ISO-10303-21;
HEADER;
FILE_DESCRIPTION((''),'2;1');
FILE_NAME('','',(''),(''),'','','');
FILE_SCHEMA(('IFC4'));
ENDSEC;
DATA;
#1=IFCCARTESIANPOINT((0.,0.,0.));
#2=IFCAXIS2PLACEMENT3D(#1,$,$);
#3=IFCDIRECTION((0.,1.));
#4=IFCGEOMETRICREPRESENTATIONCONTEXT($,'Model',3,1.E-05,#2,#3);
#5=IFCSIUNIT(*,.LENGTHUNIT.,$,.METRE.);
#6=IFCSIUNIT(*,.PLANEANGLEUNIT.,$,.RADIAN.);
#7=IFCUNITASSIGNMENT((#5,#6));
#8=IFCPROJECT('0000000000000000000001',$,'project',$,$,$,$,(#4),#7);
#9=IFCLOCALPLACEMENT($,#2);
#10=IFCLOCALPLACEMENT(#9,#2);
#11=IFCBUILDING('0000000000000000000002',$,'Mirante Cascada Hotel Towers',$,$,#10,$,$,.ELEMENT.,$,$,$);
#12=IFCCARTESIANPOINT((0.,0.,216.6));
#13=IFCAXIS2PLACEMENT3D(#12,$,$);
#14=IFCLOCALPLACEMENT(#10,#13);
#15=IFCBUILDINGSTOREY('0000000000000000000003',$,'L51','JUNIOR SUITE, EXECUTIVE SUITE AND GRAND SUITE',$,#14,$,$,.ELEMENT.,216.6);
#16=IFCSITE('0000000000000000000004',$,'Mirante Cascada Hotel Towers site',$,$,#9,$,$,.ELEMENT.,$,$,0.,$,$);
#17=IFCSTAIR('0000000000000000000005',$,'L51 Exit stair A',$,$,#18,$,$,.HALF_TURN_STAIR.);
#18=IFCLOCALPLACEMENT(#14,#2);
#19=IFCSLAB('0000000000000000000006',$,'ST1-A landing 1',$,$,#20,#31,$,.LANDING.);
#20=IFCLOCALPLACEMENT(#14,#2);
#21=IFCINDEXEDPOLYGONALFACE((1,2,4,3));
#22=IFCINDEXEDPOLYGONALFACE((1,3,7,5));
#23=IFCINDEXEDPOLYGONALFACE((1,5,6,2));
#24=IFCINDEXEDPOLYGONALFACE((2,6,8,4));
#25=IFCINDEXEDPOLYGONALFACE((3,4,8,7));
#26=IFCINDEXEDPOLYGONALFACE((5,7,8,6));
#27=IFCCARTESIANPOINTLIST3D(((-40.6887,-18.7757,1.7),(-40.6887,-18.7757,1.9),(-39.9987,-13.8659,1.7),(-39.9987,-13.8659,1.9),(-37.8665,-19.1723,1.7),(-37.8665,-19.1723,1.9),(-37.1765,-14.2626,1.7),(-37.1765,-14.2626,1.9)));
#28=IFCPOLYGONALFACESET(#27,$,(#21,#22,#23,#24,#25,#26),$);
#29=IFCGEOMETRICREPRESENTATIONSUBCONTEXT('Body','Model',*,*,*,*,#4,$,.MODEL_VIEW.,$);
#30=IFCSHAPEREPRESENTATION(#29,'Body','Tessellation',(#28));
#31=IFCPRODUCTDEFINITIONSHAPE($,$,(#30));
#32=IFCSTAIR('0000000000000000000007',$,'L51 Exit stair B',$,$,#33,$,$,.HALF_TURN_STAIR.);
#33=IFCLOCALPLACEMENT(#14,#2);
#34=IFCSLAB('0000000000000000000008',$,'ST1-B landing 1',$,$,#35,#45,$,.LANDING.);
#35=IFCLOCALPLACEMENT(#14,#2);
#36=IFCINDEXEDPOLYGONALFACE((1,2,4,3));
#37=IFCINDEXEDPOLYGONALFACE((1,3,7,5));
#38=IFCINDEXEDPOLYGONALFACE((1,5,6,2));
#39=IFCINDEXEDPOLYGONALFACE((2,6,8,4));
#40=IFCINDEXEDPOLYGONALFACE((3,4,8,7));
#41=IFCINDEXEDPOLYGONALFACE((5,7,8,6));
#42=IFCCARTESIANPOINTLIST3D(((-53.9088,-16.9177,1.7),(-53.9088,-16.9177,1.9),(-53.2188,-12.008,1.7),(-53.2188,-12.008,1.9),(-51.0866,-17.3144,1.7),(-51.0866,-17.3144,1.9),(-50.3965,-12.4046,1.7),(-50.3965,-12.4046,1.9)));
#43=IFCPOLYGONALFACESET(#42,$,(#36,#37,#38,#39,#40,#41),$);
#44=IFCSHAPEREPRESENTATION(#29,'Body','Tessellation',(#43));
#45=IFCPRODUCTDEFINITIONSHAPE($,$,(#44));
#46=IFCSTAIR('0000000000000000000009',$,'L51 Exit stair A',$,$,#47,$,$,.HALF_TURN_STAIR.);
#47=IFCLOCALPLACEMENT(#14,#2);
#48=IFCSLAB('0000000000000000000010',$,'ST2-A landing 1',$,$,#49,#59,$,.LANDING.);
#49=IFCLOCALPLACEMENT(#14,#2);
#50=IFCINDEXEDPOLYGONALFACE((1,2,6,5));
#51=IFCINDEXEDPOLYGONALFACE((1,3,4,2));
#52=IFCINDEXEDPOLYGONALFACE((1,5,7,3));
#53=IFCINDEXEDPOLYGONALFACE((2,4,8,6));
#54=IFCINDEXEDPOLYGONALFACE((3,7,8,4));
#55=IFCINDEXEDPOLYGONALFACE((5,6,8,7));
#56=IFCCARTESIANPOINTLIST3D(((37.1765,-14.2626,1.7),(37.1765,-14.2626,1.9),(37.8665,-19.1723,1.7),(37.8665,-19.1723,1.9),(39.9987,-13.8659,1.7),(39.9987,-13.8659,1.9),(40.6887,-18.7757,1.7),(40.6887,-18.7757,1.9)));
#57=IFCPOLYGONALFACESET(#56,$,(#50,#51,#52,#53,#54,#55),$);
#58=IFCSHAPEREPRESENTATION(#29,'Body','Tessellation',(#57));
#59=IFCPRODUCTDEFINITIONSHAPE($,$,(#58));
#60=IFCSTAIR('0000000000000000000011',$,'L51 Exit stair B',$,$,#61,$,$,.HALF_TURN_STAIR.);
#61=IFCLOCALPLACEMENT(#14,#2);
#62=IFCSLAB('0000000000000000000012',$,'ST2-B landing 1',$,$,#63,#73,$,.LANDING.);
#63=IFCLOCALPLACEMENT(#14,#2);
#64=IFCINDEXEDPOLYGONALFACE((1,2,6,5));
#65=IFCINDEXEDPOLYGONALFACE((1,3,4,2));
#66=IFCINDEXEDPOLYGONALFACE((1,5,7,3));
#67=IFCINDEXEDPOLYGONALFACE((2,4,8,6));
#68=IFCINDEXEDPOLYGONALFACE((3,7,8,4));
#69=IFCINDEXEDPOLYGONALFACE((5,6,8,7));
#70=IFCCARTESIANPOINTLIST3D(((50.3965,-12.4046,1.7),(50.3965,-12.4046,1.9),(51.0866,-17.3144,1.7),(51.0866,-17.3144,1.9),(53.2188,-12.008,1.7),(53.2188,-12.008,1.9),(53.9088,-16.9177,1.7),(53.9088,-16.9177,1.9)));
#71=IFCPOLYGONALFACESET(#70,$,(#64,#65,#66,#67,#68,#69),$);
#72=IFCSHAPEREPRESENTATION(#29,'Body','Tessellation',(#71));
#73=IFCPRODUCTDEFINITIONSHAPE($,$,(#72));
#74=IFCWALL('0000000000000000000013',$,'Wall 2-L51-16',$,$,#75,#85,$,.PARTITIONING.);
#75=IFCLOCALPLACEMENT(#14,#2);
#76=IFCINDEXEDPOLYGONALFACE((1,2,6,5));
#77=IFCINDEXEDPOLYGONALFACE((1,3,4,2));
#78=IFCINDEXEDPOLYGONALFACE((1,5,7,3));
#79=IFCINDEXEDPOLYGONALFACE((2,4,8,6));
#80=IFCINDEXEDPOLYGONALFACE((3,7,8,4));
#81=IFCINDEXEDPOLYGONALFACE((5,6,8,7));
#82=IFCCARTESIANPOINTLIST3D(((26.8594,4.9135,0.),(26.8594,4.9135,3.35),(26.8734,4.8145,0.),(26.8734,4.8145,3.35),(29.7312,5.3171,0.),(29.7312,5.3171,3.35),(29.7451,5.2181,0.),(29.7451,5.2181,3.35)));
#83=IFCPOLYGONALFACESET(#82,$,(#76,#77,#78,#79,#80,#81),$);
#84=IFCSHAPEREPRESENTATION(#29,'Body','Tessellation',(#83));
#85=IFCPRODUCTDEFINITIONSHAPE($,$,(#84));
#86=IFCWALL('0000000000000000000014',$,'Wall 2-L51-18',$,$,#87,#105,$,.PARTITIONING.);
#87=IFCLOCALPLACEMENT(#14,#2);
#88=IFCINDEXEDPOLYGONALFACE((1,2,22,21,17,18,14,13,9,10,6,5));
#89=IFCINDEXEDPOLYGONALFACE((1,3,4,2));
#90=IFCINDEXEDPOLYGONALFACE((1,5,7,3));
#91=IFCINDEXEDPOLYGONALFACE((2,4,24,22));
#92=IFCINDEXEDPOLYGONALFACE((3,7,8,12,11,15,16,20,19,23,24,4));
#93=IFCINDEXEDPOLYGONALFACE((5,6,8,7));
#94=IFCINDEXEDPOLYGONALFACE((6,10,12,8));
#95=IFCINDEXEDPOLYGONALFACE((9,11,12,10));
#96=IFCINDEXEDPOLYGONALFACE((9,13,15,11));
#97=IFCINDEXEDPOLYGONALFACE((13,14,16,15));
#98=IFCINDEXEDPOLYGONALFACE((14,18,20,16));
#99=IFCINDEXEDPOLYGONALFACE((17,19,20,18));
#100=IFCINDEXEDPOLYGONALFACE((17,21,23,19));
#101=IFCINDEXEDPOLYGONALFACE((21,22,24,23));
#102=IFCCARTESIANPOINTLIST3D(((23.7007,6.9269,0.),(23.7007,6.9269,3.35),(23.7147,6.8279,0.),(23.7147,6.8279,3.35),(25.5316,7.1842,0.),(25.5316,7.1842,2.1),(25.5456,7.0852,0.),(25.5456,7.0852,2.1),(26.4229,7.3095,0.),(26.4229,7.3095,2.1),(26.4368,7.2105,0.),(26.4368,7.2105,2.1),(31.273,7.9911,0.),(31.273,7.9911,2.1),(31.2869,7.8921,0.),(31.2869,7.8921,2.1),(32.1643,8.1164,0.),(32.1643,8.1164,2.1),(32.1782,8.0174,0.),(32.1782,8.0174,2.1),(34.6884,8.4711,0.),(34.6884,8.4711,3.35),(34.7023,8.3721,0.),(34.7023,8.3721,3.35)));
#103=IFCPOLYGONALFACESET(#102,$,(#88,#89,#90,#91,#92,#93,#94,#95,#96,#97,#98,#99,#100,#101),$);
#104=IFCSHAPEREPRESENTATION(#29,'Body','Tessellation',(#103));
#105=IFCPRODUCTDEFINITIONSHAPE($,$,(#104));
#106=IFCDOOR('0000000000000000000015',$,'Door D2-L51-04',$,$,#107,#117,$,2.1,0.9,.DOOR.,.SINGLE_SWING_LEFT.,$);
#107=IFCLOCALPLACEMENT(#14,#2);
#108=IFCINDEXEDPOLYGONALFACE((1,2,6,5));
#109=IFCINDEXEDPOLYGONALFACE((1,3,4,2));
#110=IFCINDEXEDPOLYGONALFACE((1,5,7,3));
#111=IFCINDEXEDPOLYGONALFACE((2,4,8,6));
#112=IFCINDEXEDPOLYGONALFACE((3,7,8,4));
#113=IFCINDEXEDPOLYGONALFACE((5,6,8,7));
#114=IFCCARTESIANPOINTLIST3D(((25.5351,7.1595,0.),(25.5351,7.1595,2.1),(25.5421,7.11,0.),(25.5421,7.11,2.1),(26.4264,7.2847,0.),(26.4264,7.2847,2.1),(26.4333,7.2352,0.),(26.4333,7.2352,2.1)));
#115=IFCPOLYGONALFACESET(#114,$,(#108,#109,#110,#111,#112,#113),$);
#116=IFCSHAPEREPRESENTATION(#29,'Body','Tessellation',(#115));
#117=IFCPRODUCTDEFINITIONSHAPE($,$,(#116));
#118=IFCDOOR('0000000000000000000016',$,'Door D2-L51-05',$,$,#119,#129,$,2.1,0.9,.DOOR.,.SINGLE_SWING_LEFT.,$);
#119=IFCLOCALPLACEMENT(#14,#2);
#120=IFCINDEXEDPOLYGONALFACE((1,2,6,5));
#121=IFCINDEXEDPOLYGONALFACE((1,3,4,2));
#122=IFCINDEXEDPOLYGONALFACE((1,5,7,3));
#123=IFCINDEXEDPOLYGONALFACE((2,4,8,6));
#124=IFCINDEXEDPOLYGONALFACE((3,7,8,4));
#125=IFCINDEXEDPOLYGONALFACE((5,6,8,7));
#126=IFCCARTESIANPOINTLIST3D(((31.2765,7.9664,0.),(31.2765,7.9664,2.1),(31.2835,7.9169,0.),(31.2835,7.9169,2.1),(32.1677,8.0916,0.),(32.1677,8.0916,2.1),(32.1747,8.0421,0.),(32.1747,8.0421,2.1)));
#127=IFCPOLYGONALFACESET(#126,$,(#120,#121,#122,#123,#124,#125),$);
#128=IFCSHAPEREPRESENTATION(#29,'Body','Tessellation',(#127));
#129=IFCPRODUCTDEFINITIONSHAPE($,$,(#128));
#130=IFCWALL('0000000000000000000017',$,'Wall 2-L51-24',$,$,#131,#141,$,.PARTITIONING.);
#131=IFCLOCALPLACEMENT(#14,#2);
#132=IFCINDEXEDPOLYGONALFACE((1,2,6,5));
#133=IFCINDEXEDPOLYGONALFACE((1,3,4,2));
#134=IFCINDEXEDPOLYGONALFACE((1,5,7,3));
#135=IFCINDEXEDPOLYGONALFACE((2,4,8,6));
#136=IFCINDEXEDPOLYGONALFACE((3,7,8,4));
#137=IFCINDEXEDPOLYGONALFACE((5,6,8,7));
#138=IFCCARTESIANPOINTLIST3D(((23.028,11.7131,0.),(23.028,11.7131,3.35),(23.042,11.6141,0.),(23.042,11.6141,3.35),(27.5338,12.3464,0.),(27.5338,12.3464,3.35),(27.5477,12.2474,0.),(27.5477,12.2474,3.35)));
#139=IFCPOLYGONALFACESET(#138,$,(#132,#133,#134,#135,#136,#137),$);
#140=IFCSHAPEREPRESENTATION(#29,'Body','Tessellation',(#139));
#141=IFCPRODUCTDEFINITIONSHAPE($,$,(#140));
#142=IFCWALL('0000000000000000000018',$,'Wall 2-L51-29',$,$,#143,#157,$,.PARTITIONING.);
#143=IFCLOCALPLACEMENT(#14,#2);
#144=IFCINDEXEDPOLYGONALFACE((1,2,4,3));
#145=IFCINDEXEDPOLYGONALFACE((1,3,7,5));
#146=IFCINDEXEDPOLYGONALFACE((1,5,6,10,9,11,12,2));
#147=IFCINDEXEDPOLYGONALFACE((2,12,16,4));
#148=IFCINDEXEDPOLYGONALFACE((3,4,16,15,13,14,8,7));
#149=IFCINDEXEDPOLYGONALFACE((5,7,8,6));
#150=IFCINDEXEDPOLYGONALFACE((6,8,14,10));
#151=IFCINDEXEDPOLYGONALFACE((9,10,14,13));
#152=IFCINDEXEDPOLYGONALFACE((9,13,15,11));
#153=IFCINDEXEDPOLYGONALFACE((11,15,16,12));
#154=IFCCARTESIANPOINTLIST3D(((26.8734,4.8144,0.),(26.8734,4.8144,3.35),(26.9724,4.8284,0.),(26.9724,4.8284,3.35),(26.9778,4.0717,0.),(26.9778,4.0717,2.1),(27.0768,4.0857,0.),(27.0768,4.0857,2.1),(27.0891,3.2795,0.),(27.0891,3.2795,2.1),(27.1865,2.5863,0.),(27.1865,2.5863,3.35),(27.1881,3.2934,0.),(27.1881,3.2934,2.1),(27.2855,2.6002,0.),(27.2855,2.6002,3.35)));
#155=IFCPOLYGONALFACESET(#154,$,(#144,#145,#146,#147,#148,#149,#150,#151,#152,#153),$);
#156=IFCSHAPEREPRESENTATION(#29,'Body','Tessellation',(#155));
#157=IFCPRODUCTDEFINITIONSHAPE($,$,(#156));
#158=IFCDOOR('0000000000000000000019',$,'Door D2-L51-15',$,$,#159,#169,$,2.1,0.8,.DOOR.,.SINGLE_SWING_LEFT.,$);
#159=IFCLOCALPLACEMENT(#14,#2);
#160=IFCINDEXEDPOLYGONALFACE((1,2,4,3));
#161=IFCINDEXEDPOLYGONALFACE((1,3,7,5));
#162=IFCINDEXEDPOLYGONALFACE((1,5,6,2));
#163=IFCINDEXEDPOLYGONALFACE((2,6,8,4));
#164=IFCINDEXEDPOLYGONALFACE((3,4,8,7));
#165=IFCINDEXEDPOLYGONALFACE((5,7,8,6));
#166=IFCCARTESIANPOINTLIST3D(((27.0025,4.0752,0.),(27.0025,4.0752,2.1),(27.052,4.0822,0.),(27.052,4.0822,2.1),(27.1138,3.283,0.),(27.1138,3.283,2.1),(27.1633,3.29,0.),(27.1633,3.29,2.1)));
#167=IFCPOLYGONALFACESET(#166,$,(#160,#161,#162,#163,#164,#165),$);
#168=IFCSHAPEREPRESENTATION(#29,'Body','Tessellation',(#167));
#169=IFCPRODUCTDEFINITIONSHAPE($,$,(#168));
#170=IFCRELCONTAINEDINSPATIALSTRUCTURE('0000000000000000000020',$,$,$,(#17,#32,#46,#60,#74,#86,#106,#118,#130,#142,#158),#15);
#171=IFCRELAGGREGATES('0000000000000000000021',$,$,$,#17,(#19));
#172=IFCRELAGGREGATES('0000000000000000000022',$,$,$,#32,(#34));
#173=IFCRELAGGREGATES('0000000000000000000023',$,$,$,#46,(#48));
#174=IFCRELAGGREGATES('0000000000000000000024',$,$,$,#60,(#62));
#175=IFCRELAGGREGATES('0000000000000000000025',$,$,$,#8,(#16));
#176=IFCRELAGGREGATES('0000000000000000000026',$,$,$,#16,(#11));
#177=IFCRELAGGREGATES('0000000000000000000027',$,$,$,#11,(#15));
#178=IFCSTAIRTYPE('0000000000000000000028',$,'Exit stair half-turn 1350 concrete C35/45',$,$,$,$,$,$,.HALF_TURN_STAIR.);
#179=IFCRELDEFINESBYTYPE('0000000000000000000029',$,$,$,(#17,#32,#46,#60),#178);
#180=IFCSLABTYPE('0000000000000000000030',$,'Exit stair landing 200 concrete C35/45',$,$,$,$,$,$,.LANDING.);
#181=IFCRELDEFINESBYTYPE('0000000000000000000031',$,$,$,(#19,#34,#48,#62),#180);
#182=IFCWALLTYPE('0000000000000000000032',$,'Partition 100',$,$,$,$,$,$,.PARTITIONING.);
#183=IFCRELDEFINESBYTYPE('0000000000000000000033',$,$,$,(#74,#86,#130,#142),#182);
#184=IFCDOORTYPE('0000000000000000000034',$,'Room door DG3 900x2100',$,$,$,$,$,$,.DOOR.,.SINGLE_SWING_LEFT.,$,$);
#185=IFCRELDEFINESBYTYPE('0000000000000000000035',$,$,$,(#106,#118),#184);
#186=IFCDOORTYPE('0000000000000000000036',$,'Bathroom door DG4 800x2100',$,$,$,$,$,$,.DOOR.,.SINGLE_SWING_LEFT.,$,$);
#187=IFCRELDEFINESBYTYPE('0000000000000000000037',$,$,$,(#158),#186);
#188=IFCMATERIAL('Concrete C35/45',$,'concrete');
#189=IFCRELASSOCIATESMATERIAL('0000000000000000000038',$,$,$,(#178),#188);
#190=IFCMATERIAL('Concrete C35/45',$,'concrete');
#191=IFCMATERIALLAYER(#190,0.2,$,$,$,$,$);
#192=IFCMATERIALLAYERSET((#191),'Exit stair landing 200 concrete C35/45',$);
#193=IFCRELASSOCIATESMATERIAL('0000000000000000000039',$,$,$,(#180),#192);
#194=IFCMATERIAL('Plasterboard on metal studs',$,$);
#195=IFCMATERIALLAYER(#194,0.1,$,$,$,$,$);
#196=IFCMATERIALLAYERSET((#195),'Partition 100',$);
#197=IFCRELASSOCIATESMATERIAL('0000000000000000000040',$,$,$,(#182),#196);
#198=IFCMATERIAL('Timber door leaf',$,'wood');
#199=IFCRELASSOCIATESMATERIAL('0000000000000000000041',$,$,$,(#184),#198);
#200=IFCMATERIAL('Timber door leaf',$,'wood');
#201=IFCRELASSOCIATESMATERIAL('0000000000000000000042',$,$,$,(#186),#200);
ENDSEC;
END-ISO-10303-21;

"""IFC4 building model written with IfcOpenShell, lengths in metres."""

from ifc_helpers import new_model, si_unit, direction, frame, frame_2d, origin, place, context, subcontext, project, spatial, polyline, rectangle, outline, extrude, material, layer, layer_set, type_object, element, fill, aggregate, save


model = new_model("IFC4")

# Units and contexts
model_context = context("Model", 3, precision=1e-05, world=origin(), true_north=direction((0.0, 1.0)))
body_context = subcontext(model_context, "Body", "Model", "MODEL_VIEW")
ifc_project = project(units=[si_unit("LENGTHUNIT", "METRE"), si_unit("PLANEANGLEUNIT", "RADIAN")], contexts=[model_context])

# Site, building, storey
site_placement = place(None, origin())
site = spatial("IfcSite", under=ifc_project, at=site_placement, Name="Mirante Cascada Hotel Towers site", CompositionType="ELEMENT", RefElevation=0.0)
building_placement = place(site_placement, origin())
building = spatial("IfcBuilding", under=site, at=building_placement, Name="Mirante Cascada Hotel Towers", CompositionType="ELEMENT")
storey_placement = place(building_placement, frame((0.0, 0.0, 216.6)))
storey = spatial("IfcBuildingStorey", under=building, at=storey_placement, Name="L51", Description="JUNIOR SUITE, EXECUTIVE SUITE AND GRAND SUITE", CompositionType="ELEMENT", Elevation=216.6)

# Stairs, slabs
ifc_material_1 = material(Name="Concrete C35/45", Category="concrete")
stair_type = type_object("IfcStairType", Name="Exit stair half-turn 1350 concrete C35/45", PredefinedType="HALF_TURN_STAIR", material=ifc_material_1)
stair_1_placement = place(storey_placement, origin())
stair_1 = element("IfcStair", 1, at=stair_1_placement, inside=storey, type_object=stair_type, Name="L51 Exit stair A", PredefinedType="HALF_TURN_STAIR")
ifc_material_2 = material(Name="Concrete C35/45", Category="concrete")
ifc_layer_1 = layer(ifc_material_2, 0.2)
ifc_layer_set_1 = layer_set([ifc_layer_1], Name="Exit stair landing 200 concrete C35/45")
slab_type = type_object("IfcSlabType", Name="Exit stair landing 200 concrete C35/45", PredefinedType="LANDING", material=ifc_layer_set_1)
slab_1_placement = place(storey_placement, frame((0.0, 0.0, 1.7)))
slab_1 = element("IfcSlab", 2, at=slab_1_placement, type_object=slab_type, Name="ST1-A landing 1", PredefinedType="LANDING", context=body_context, shape_type="SweptSolid", body=[
    extrude(outline(polyline([(-39.9987, -13.8659), (-40.6887, -18.7757), (-37.8665, -19.1723), (-37.1765, -14.2626), (-39.9987, -13.8659)])), origin(), (0.0, 0.0, 1.0), 0.2),
])
aggregate(stair_1, [slab_1])
stair_2_placement = place(storey_placement, origin())
stair_2 = element("IfcStair", 3, at=stair_2_placement, inside=storey, type_object=stair_type, Name="L51 Exit stair B", PredefinedType="HALF_TURN_STAIR")
slab_2_placement = place(storey_placement, frame((0.0, 0.0, 1.7)))
slab_2 = element("IfcSlab", 4, at=slab_2_placement, type_object=slab_type, Name="ST1-B landing 1", PredefinedType="LANDING", context=body_context, shape_type="SweptSolid", body=[
    extrude(outline(polyline([(-53.2188, -12.008), (-53.9088, -16.9177), (-51.0866, -17.3144), (-50.3965, -12.4046), (-53.2188, -12.008)])), origin(), (0.0, 0.0, 1.0), 0.2),
])
aggregate(stair_2, [slab_2])
stair_3_placement = place(storey_placement, origin())
stair_3 = element("IfcStair", 5, at=stair_3_placement, inside=storey, type_object=stair_type, Name="L51 Exit stair A", PredefinedType="HALF_TURN_STAIR")
slab_3_placement = place(storey_placement, frame((0.0, 0.0, 1.7)))
slab_3 = element("IfcSlab", 6, at=slab_3_placement, type_object=slab_type, Name="ST2-A landing 1", PredefinedType="LANDING", context=body_context, shape_type="SweptSolid", body=[
    extrude(outline(polyline([(37.1765, -14.2626), (37.8665, -19.1723), (40.6887, -18.7757), (39.9987, -13.8659), (37.1765, -14.2626)])), origin(), (0.0, 0.0, 1.0), 0.2),
])
aggregate(stair_3, [slab_3])
stair_4_placement = place(storey_placement, origin())
stair_4 = element("IfcStair", 7, at=stair_4_placement, inside=storey, type_object=stair_type, Name="L51 Exit stair B", PredefinedType="HALF_TURN_STAIR")
slab_4_placement = place(storey_placement, frame((0.0, 0.0, 1.7)))
slab_4 = element("IfcSlab", 8, at=slab_4_placement, type_object=slab_type, Name="ST2-B landing 1", PredefinedType="LANDING", context=body_context, shape_type="SweptSolid", body=[
    extrude(outline(polyline([(50.3965, -12.4046), (51.0866, -17.3144), (53.9088, -16.9177), (53.2188, -12.008), (50.3965, -12.4046)])), origin(), (0.0, 0.0, 1.0), 0.2),
])
aggregate(stair_4, [slab_4])

# Wall
ifc_material_3 = material(Name="Plasterboard on metal studs")
ifc_layer_2 = layer(ifc_material_3, 0.1)
ifc_layer_set_2 = layer_set([ifc_layer_2], Name="Partition 100")
wall_type_1 = type_object("IfcWallType", Name="Partition 100", PredefinedType="PARTITIONING", material=ifc_layer_set_2)
wall_1_placement = place(storey_placement, frame((26.8664, 4.864, 0.0), z_axis=(0.0, 0.0, 1.0), x_axis=(0.990268, 0.139171, 0.0)))
element("IfcWall", 9, at=wall_1_placement, inside=storey, type_object=wall_type_1, Name="Wall 2-L51-16", PredefinedType="PARTITIONING", context=body_context, shape_type="SweptSolid", body=[
    extrude(rectangle(XDim=2.9, YDim=0.1, at=frame_2d((1.45, 0.0))), origin(), (0.0, 0.0, 1.0), 3.35),
])

# Wall, openings, doors
wall_2_placement = place(storey_placement, frame((23.7077, 6.8774, 0.0), z_axis=(0.0, 0.0, 1.0), x_axis=(0.990268, 0.139173, 0.0)))
wall_2 = element("IfcWall", 10, at=wall_2_placement, inside=storey, type_object=wall_type_1, Name="Wall 2-L51-18", PredefinedType="PARTITIONING", context=body_context, shape_type="SweptSolid", body=[
    extrude(rectangle(XDim=11.0956, YDim=0.1, at=frame_2d((5.5478, 0.0))), origin(), (0.0, 0.0, 1.0), 3.35),
])
opening_1_placement = place(wall_2_placement, frame((1.8489, 0.0, 0.0)))
opening_1 = element("IfcOpeningElement", 11, at=opening_1_placement, cuts=wall_2, PredefinedType="OPENING", context=body_context, shape_type="SweptSolid", body=[
    extrude(rectangle(XDim=0.9, YDim=2.1, at=frame_2d((0.45, 1.05))), frame((0.0, 0.05, 0.0), z_axis=(0.0, -1.0, 0.0), x_axis=(1.0, 0.0, 0.0)), (0.0, 0.0, 1.0), 0.1),
])
opening_2_placement = place(wall_2_placement, frame((7.6467, 0.0, 0.0)))
opening_2 = element("IfcOpeningElement", 12, at=opening_2_placement, cuts=wall_2, PredefinedType="OPENING", context=body_context, shape_type="SweptSolid", body=[
    extrude(rectangle(XDim=0.9, YDim=2.1, at=frame_2d((0.45, 1.05))), frame((0.0, 0.05, 0.0), z_axis=(0.0, -1.0, 0.0), x_axis=(1.0, 0.0, 0.0)), (0.0, 0.0, 1.0), 0.1),
])
ifc_material_4 = material(Name="Timber door leaf", Category="wood")
door_type_1 = type_object("IfcDoorType", Name="Room door DG3 900x2100", OperationType="SINGLE_SWING_LEFT", PredefinedType="DOOR", material=ifc_material_4)
door_1_placement = place(opening_1_placement, origin())
door_1 = element("IfcDoor", 13, at=door_1_placement, inside=storey, type_object=door_type_1, Name="Door D2-L51-04", OperationType="SINGLE_SWING_LEFT", OverallHeight=2.1, OverallWidth=0.9, PredefinedType="DOOR", context=body_context, shape_type="SweptSolid", body=[
    extrude(rectangle(XDim=0.9, YDim=2.1, at=frame_2d((0.45, 1.05))), frame((0.0, 0.025, 0.0), z_axis=(0.0, -1.0, 0.0), x_axis=(1.0, 0.0, 0.0)), (0.0, 0.0, 1.0), 0.05),
])
fill(opening_1, door_1)
door_2_placement = place(opening_2_placement, origin())
door_2 = element("IfcDoor", 14, at=door_2_placement, inside=storey, type_object=door_type_1, Name="Door D2-L51-05", OperationType="SINGLE_SWING_LEFT", OverallHeight=2.1, OverallWidth=0.9, PredefinedType="DOOR", context=body_context, shape_type="SweptSolid", body=[
    extrude(rectangle(XDim=0.9, YDim=2.1, at=frame_2d((0.45, 1.05))), frame((0.0, 0.025, 0.0), z_axis=(0.0, -1.0, 0.0), x_axis=(1.0, 0.0, 0.0)), (0.0, 0.0, 1.0), 0.05),
])
fill(opening_2, door_2)

# Wall
wall_3_placement = place(storey_placement, frame((23.035, 11.6636, 0.0), z_axis=(0.0, 0.0, 1.0), x_axis=(0.990266, 0.139187, 0.0)))
element("IfcWall", 15, at=wall_3_placement, inside=storey, type_object=wall_type_1, Name="Wall 2-L51-24", PredefinedType="PARTITIONING", context=body_context, shape_type="SweptSolid", body=[
    extrude(rectangle(XDim=4.55, YDim=0.1, at=frame_2d((2.275, 0.0))), origin(), (0.0, 0.0, 1.0), 3.35),
])

# Wall, opening, door
wall_4_placement = place(storey_placement, frame((26.9229, 4.8214, 0.0), z_axis=(0.0, 0.0, 1.0), x_axis=(0.139156, -0.990271, 0.0)))
wall_4 = element("IfcWall", 16, at=wall_4_placement, inside=storey, type_object=wall_type_1, Name="Wall 2-L51-29", PredefinedType="PARTITIONING", context=body_context, shape_type="SweptSolid", body=[
    extrude(rectangle(XDim=2.25, YDim=0.1, at=frame_2d((1.125, 0.0))), origin(), (0.0, 0.0, 1.0), 3.35),
])
opening_3_placement = place(wall_4_placement, frame((0.75, 0.0, 0.0)))
opening_3 = element("IfcOpeningElement", 17, at=opening_3_placement, cuts=wall_4, PredefinedType="OPENING", context=body_context, shape_type="SweptSolid", body=[
    extrude(rectangle(XDim=0.8, YDim=2.1, at=frame_2d((0.4, 1.05))), frame((0.0, 0.05, 0.0), z_axis=(0.0, -1.0, 0.0), x_axis=(1.0, 0.0, 0.0)), (0.0, 0.0, 1.0), 0.1),
])
ifc_material_5 = material(Name="Timber door leaf", Category="wood")
door_type_2 = type_object("IfcDoorType", Name="Bathroom door DG4 800x2100", OperationType="SINGLE_SWING_LEFT", PredefinedType="DOOR", material=ifc_material_5)
door_3_placement = place(opening_3_placement, origin())
door_3 = element("IfcDoor", 18, at=door_3_placement, inside=storey, type_object=door_type_2, Name="Door D2-L51-15", OperationType="SINGLE_SWING_LEFT", OverallHeight=2.1, OverallWidth=0.8, PredefinedType="DOOR", context=body_context, shape_type="SweptSolid", body=[
    extrude(rectangle(XDim=0.8, YDim=2.1, at=frame_2d((0.4, 1.05))), frame((0.0, 0.025, 0.0), z_axis=(0.0, -1.0, 0.0), x_axis=(1.0, 0.0, 0.0)), (0.0, 0.0, 1.0), 0.05),
])
fill(opening_3, door_3)

save(model, "model.ifc")
